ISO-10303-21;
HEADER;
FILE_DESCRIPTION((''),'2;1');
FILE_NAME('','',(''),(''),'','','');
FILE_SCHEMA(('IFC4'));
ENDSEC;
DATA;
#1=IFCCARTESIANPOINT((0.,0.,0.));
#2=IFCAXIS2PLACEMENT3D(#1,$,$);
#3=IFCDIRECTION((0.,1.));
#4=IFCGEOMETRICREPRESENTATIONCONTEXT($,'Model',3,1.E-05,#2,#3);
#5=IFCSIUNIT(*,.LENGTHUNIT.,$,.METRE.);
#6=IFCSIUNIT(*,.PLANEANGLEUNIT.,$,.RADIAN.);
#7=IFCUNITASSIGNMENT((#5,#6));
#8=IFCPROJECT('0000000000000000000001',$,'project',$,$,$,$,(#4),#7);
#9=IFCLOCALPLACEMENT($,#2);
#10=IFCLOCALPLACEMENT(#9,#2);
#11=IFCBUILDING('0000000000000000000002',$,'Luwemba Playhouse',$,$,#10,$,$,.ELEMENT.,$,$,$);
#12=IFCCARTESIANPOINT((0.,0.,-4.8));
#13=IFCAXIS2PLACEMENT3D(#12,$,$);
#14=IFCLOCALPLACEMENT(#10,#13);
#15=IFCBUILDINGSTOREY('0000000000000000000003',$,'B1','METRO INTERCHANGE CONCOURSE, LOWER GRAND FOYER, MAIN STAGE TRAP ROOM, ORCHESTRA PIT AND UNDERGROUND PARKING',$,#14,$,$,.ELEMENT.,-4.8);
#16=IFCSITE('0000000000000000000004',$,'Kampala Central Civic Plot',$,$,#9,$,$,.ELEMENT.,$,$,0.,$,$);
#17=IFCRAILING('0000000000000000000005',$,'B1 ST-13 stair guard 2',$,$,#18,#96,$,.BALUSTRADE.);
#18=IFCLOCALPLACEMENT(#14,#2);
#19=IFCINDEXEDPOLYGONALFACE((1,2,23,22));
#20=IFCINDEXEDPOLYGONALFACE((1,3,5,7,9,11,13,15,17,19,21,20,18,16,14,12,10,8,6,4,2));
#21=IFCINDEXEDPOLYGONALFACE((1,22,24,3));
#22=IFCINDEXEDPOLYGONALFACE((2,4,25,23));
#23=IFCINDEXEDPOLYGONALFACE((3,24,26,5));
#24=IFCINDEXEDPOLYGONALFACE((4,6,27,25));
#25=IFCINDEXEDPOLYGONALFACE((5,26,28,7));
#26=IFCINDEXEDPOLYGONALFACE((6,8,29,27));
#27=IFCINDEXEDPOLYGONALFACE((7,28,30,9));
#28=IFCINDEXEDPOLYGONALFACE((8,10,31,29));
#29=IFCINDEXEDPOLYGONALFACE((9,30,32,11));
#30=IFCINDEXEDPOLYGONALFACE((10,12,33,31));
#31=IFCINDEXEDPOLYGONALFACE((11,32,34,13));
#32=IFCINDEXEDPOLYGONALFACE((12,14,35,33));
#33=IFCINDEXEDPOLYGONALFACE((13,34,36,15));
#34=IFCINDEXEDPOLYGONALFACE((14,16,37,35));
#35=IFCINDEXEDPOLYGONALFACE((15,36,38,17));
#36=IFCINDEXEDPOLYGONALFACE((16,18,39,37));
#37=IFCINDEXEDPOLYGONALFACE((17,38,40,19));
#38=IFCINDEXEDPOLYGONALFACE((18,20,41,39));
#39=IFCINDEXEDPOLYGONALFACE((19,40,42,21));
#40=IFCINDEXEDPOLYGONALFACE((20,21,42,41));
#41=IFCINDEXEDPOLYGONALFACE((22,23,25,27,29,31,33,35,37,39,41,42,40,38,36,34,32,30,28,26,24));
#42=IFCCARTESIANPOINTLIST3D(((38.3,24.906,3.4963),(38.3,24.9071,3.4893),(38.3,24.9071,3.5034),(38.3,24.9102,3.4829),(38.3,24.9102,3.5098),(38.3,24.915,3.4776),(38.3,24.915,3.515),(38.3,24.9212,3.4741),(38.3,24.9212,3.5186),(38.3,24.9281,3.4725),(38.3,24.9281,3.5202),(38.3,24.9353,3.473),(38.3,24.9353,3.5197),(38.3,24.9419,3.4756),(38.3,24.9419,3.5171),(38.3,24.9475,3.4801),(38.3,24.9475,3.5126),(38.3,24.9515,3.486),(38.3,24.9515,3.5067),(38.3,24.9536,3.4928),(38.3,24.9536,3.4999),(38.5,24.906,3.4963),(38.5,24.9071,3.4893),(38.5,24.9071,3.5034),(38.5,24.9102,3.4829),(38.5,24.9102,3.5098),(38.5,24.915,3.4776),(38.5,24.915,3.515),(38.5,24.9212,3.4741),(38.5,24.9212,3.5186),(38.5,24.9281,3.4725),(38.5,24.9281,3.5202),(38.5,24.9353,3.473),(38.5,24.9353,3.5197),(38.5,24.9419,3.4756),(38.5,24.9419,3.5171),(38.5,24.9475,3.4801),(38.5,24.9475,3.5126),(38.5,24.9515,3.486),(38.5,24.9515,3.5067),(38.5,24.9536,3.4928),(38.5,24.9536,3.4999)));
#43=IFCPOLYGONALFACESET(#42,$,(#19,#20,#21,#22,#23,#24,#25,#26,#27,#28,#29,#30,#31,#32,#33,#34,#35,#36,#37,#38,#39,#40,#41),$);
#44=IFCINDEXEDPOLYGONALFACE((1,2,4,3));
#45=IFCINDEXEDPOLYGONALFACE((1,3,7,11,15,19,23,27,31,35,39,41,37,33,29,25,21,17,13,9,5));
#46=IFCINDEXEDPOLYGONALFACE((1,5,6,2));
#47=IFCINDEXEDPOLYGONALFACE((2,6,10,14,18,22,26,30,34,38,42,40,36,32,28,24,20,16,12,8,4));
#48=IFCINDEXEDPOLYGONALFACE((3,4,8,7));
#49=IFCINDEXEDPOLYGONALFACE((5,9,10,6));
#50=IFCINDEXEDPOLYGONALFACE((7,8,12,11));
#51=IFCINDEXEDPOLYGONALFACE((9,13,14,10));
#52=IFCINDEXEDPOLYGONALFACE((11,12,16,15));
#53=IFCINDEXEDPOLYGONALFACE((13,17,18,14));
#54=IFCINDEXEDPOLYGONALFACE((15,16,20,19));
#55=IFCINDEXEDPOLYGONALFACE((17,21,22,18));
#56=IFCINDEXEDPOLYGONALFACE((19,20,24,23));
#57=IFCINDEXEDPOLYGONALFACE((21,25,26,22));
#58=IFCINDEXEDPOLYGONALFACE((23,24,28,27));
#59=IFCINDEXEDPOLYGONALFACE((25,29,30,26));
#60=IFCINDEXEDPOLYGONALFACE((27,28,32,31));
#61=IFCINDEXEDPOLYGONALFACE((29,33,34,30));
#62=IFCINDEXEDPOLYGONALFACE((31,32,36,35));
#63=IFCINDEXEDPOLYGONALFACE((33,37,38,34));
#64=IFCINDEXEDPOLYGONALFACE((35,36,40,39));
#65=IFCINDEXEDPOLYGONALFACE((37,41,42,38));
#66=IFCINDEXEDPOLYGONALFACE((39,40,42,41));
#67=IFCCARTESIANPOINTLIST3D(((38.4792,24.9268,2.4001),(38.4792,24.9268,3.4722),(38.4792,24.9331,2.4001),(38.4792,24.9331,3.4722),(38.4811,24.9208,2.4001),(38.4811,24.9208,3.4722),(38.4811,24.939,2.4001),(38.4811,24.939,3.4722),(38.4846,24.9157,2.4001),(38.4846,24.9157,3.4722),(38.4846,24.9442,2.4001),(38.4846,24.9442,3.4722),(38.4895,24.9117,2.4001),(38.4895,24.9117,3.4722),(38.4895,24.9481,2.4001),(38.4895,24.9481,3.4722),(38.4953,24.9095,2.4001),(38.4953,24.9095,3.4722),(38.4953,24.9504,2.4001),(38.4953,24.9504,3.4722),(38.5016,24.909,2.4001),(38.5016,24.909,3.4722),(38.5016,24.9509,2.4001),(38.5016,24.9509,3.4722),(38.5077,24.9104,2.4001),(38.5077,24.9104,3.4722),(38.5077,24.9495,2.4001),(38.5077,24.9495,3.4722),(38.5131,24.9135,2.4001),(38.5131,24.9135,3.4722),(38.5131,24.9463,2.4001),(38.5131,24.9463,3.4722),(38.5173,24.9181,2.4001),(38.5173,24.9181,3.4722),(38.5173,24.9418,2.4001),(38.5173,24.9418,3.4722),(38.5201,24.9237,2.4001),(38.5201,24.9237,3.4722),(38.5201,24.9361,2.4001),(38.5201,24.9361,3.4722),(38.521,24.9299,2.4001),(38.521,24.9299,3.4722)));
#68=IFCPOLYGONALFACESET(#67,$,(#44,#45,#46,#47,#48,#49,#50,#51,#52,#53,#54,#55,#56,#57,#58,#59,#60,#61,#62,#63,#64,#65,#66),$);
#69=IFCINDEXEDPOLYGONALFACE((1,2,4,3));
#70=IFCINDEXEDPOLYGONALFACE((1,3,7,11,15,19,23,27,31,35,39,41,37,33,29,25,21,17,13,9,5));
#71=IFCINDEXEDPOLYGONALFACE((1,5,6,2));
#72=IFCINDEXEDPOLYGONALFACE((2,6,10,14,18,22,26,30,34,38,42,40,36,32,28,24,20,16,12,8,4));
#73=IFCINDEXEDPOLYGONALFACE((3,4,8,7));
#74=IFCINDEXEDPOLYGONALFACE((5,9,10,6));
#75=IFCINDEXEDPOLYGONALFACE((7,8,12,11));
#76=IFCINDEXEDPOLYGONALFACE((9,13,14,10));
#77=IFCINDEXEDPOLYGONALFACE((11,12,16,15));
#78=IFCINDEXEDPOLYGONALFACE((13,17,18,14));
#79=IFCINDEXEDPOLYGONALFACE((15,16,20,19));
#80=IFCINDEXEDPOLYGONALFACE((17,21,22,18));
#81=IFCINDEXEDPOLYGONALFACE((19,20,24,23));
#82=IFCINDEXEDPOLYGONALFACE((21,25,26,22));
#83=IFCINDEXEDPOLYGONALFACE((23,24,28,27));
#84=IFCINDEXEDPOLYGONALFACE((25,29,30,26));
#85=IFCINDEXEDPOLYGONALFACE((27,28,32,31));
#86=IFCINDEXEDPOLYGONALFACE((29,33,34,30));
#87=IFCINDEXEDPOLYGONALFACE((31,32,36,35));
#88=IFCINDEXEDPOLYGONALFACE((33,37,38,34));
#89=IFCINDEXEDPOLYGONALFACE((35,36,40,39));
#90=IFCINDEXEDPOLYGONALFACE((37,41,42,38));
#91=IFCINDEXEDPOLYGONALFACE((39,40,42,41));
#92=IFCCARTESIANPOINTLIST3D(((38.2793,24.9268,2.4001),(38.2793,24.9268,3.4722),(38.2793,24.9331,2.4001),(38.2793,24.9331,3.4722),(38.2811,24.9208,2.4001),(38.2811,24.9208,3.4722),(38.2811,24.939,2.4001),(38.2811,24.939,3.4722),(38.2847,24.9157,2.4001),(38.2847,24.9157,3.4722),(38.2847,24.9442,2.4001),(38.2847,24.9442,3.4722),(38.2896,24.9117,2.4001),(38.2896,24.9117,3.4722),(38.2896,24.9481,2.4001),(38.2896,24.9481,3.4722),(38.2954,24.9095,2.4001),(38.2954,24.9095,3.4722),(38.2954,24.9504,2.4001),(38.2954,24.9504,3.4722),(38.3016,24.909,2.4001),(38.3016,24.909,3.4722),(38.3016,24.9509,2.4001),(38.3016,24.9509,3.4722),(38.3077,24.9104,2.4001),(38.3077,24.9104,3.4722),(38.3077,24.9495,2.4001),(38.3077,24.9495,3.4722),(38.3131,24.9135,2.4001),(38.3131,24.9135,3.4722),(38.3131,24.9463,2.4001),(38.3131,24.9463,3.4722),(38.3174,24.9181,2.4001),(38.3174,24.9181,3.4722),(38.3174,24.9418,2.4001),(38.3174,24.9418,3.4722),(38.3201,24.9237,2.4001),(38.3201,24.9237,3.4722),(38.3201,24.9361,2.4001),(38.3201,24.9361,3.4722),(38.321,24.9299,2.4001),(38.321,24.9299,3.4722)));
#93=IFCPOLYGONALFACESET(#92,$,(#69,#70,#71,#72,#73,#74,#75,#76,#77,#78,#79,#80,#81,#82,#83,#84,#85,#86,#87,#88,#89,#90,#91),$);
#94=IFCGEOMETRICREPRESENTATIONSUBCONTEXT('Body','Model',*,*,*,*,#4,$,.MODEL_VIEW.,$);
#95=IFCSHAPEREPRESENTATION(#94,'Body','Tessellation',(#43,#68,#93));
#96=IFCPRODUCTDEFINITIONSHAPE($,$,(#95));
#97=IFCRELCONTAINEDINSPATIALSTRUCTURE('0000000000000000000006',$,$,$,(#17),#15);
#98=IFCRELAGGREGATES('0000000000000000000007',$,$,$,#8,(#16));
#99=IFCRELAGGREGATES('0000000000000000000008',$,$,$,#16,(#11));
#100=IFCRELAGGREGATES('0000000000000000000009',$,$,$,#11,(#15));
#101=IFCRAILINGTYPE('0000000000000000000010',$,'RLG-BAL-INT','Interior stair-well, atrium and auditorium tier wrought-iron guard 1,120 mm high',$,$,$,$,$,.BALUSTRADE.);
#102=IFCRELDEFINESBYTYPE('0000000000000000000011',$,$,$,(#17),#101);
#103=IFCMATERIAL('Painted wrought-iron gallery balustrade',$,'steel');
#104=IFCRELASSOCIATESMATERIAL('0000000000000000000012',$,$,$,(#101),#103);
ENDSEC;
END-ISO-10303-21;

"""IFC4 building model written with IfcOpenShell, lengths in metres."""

from ifc_helpers import new_model, si_unit, direction, frame, origin, origin_2d, place, context, subcontext, project, spatial, circle, extrude, material, type_object, element, save


model = new_model("IFC4")

# Units and contexts
model_context = context("Model", 3, precision=1e-05, world=origin(), true_north=direction((0.0, 1.0)))
body_context = subcontext(model_context, "Body", "Model", "MODEL_VIEW")
ifc_project = project(units=[si_unit("LENGTHUNIT", "METRE"), si_unit("PLANEANGLEUNIT", "RADIAN")], contexts=[model_context])

# Site, building, storey
site_placement = place(None, origin())
site = spatial("IfcSite", under=ifc_project, at=site_placement, Name="Kampala Central Civic Plot", CompositionType="ELEMENT", RefElevation=0.0)
building_placement = place(site_placement, origin())
building = spatial("IfcBuilding", under=site, at=building_placement, Name="Luwemba Playhouse", CompositionType="ELEMENT")
storey_placement = place(building_placement, frame((0.0, 0.0, -4.8)))
storey = spatial("IfcBuildingStorey", under=building, at=storey_placement, Name="B1", Description="METRO INTERCHANGE CONCOURSE, LOWER GRAND FOYER, MAIN STAGE TRAP ROOM, ORCHESTRA PIT AND UNDERGROUND PARKING", CompositionType="ELEMENT", Elevation=-4.8)

# Railing
ifc_material_1 = material(Name="Painted wrought-iron gallery balustrade", Category="steel")
railing_type_1 = type_object("IfcRailingType", Name="RLG-BAL-INT", Description="Interior stair-well, atrium and auditorium tier wrought-iron guard 1,120 mm high", PredefinedType="BALUSTRADE", material=ifc_material_1)
railing_1_placement = place(storey_placement, frame((38.5, 24.9299, 2.4001)))
element("IfcRailing", 1, at=railing_1_placement, inside=storey, type_object=railing_type_1, Name="B1 ST-13 stair guard 2", PredefinedType="BALUSTRADE", context=body_context, shape_type="SweptSolid", body=[
    extrude(circle(Radius=0.0239, at=origin_2d()), frame((0.0, 0.0, 1.0962), z_axis=(-1.0, 0.0, 0.0), x_axis=(0.0, -1.0, 0.0)), (0.0, 0.0, 1.0), 0.2),
    extrude(circle(Radius=0.021, at=origin_2d()), origin(), (0.0, 0.0, 1.0), 1.072),
    extrude(circle(Radius=0.021, at=origin_2d()), frame((-0.2, 0.0, 0.0)), (0.0, 0.0, 1.0), 1.072),
])

save(model, "model.ifc")
